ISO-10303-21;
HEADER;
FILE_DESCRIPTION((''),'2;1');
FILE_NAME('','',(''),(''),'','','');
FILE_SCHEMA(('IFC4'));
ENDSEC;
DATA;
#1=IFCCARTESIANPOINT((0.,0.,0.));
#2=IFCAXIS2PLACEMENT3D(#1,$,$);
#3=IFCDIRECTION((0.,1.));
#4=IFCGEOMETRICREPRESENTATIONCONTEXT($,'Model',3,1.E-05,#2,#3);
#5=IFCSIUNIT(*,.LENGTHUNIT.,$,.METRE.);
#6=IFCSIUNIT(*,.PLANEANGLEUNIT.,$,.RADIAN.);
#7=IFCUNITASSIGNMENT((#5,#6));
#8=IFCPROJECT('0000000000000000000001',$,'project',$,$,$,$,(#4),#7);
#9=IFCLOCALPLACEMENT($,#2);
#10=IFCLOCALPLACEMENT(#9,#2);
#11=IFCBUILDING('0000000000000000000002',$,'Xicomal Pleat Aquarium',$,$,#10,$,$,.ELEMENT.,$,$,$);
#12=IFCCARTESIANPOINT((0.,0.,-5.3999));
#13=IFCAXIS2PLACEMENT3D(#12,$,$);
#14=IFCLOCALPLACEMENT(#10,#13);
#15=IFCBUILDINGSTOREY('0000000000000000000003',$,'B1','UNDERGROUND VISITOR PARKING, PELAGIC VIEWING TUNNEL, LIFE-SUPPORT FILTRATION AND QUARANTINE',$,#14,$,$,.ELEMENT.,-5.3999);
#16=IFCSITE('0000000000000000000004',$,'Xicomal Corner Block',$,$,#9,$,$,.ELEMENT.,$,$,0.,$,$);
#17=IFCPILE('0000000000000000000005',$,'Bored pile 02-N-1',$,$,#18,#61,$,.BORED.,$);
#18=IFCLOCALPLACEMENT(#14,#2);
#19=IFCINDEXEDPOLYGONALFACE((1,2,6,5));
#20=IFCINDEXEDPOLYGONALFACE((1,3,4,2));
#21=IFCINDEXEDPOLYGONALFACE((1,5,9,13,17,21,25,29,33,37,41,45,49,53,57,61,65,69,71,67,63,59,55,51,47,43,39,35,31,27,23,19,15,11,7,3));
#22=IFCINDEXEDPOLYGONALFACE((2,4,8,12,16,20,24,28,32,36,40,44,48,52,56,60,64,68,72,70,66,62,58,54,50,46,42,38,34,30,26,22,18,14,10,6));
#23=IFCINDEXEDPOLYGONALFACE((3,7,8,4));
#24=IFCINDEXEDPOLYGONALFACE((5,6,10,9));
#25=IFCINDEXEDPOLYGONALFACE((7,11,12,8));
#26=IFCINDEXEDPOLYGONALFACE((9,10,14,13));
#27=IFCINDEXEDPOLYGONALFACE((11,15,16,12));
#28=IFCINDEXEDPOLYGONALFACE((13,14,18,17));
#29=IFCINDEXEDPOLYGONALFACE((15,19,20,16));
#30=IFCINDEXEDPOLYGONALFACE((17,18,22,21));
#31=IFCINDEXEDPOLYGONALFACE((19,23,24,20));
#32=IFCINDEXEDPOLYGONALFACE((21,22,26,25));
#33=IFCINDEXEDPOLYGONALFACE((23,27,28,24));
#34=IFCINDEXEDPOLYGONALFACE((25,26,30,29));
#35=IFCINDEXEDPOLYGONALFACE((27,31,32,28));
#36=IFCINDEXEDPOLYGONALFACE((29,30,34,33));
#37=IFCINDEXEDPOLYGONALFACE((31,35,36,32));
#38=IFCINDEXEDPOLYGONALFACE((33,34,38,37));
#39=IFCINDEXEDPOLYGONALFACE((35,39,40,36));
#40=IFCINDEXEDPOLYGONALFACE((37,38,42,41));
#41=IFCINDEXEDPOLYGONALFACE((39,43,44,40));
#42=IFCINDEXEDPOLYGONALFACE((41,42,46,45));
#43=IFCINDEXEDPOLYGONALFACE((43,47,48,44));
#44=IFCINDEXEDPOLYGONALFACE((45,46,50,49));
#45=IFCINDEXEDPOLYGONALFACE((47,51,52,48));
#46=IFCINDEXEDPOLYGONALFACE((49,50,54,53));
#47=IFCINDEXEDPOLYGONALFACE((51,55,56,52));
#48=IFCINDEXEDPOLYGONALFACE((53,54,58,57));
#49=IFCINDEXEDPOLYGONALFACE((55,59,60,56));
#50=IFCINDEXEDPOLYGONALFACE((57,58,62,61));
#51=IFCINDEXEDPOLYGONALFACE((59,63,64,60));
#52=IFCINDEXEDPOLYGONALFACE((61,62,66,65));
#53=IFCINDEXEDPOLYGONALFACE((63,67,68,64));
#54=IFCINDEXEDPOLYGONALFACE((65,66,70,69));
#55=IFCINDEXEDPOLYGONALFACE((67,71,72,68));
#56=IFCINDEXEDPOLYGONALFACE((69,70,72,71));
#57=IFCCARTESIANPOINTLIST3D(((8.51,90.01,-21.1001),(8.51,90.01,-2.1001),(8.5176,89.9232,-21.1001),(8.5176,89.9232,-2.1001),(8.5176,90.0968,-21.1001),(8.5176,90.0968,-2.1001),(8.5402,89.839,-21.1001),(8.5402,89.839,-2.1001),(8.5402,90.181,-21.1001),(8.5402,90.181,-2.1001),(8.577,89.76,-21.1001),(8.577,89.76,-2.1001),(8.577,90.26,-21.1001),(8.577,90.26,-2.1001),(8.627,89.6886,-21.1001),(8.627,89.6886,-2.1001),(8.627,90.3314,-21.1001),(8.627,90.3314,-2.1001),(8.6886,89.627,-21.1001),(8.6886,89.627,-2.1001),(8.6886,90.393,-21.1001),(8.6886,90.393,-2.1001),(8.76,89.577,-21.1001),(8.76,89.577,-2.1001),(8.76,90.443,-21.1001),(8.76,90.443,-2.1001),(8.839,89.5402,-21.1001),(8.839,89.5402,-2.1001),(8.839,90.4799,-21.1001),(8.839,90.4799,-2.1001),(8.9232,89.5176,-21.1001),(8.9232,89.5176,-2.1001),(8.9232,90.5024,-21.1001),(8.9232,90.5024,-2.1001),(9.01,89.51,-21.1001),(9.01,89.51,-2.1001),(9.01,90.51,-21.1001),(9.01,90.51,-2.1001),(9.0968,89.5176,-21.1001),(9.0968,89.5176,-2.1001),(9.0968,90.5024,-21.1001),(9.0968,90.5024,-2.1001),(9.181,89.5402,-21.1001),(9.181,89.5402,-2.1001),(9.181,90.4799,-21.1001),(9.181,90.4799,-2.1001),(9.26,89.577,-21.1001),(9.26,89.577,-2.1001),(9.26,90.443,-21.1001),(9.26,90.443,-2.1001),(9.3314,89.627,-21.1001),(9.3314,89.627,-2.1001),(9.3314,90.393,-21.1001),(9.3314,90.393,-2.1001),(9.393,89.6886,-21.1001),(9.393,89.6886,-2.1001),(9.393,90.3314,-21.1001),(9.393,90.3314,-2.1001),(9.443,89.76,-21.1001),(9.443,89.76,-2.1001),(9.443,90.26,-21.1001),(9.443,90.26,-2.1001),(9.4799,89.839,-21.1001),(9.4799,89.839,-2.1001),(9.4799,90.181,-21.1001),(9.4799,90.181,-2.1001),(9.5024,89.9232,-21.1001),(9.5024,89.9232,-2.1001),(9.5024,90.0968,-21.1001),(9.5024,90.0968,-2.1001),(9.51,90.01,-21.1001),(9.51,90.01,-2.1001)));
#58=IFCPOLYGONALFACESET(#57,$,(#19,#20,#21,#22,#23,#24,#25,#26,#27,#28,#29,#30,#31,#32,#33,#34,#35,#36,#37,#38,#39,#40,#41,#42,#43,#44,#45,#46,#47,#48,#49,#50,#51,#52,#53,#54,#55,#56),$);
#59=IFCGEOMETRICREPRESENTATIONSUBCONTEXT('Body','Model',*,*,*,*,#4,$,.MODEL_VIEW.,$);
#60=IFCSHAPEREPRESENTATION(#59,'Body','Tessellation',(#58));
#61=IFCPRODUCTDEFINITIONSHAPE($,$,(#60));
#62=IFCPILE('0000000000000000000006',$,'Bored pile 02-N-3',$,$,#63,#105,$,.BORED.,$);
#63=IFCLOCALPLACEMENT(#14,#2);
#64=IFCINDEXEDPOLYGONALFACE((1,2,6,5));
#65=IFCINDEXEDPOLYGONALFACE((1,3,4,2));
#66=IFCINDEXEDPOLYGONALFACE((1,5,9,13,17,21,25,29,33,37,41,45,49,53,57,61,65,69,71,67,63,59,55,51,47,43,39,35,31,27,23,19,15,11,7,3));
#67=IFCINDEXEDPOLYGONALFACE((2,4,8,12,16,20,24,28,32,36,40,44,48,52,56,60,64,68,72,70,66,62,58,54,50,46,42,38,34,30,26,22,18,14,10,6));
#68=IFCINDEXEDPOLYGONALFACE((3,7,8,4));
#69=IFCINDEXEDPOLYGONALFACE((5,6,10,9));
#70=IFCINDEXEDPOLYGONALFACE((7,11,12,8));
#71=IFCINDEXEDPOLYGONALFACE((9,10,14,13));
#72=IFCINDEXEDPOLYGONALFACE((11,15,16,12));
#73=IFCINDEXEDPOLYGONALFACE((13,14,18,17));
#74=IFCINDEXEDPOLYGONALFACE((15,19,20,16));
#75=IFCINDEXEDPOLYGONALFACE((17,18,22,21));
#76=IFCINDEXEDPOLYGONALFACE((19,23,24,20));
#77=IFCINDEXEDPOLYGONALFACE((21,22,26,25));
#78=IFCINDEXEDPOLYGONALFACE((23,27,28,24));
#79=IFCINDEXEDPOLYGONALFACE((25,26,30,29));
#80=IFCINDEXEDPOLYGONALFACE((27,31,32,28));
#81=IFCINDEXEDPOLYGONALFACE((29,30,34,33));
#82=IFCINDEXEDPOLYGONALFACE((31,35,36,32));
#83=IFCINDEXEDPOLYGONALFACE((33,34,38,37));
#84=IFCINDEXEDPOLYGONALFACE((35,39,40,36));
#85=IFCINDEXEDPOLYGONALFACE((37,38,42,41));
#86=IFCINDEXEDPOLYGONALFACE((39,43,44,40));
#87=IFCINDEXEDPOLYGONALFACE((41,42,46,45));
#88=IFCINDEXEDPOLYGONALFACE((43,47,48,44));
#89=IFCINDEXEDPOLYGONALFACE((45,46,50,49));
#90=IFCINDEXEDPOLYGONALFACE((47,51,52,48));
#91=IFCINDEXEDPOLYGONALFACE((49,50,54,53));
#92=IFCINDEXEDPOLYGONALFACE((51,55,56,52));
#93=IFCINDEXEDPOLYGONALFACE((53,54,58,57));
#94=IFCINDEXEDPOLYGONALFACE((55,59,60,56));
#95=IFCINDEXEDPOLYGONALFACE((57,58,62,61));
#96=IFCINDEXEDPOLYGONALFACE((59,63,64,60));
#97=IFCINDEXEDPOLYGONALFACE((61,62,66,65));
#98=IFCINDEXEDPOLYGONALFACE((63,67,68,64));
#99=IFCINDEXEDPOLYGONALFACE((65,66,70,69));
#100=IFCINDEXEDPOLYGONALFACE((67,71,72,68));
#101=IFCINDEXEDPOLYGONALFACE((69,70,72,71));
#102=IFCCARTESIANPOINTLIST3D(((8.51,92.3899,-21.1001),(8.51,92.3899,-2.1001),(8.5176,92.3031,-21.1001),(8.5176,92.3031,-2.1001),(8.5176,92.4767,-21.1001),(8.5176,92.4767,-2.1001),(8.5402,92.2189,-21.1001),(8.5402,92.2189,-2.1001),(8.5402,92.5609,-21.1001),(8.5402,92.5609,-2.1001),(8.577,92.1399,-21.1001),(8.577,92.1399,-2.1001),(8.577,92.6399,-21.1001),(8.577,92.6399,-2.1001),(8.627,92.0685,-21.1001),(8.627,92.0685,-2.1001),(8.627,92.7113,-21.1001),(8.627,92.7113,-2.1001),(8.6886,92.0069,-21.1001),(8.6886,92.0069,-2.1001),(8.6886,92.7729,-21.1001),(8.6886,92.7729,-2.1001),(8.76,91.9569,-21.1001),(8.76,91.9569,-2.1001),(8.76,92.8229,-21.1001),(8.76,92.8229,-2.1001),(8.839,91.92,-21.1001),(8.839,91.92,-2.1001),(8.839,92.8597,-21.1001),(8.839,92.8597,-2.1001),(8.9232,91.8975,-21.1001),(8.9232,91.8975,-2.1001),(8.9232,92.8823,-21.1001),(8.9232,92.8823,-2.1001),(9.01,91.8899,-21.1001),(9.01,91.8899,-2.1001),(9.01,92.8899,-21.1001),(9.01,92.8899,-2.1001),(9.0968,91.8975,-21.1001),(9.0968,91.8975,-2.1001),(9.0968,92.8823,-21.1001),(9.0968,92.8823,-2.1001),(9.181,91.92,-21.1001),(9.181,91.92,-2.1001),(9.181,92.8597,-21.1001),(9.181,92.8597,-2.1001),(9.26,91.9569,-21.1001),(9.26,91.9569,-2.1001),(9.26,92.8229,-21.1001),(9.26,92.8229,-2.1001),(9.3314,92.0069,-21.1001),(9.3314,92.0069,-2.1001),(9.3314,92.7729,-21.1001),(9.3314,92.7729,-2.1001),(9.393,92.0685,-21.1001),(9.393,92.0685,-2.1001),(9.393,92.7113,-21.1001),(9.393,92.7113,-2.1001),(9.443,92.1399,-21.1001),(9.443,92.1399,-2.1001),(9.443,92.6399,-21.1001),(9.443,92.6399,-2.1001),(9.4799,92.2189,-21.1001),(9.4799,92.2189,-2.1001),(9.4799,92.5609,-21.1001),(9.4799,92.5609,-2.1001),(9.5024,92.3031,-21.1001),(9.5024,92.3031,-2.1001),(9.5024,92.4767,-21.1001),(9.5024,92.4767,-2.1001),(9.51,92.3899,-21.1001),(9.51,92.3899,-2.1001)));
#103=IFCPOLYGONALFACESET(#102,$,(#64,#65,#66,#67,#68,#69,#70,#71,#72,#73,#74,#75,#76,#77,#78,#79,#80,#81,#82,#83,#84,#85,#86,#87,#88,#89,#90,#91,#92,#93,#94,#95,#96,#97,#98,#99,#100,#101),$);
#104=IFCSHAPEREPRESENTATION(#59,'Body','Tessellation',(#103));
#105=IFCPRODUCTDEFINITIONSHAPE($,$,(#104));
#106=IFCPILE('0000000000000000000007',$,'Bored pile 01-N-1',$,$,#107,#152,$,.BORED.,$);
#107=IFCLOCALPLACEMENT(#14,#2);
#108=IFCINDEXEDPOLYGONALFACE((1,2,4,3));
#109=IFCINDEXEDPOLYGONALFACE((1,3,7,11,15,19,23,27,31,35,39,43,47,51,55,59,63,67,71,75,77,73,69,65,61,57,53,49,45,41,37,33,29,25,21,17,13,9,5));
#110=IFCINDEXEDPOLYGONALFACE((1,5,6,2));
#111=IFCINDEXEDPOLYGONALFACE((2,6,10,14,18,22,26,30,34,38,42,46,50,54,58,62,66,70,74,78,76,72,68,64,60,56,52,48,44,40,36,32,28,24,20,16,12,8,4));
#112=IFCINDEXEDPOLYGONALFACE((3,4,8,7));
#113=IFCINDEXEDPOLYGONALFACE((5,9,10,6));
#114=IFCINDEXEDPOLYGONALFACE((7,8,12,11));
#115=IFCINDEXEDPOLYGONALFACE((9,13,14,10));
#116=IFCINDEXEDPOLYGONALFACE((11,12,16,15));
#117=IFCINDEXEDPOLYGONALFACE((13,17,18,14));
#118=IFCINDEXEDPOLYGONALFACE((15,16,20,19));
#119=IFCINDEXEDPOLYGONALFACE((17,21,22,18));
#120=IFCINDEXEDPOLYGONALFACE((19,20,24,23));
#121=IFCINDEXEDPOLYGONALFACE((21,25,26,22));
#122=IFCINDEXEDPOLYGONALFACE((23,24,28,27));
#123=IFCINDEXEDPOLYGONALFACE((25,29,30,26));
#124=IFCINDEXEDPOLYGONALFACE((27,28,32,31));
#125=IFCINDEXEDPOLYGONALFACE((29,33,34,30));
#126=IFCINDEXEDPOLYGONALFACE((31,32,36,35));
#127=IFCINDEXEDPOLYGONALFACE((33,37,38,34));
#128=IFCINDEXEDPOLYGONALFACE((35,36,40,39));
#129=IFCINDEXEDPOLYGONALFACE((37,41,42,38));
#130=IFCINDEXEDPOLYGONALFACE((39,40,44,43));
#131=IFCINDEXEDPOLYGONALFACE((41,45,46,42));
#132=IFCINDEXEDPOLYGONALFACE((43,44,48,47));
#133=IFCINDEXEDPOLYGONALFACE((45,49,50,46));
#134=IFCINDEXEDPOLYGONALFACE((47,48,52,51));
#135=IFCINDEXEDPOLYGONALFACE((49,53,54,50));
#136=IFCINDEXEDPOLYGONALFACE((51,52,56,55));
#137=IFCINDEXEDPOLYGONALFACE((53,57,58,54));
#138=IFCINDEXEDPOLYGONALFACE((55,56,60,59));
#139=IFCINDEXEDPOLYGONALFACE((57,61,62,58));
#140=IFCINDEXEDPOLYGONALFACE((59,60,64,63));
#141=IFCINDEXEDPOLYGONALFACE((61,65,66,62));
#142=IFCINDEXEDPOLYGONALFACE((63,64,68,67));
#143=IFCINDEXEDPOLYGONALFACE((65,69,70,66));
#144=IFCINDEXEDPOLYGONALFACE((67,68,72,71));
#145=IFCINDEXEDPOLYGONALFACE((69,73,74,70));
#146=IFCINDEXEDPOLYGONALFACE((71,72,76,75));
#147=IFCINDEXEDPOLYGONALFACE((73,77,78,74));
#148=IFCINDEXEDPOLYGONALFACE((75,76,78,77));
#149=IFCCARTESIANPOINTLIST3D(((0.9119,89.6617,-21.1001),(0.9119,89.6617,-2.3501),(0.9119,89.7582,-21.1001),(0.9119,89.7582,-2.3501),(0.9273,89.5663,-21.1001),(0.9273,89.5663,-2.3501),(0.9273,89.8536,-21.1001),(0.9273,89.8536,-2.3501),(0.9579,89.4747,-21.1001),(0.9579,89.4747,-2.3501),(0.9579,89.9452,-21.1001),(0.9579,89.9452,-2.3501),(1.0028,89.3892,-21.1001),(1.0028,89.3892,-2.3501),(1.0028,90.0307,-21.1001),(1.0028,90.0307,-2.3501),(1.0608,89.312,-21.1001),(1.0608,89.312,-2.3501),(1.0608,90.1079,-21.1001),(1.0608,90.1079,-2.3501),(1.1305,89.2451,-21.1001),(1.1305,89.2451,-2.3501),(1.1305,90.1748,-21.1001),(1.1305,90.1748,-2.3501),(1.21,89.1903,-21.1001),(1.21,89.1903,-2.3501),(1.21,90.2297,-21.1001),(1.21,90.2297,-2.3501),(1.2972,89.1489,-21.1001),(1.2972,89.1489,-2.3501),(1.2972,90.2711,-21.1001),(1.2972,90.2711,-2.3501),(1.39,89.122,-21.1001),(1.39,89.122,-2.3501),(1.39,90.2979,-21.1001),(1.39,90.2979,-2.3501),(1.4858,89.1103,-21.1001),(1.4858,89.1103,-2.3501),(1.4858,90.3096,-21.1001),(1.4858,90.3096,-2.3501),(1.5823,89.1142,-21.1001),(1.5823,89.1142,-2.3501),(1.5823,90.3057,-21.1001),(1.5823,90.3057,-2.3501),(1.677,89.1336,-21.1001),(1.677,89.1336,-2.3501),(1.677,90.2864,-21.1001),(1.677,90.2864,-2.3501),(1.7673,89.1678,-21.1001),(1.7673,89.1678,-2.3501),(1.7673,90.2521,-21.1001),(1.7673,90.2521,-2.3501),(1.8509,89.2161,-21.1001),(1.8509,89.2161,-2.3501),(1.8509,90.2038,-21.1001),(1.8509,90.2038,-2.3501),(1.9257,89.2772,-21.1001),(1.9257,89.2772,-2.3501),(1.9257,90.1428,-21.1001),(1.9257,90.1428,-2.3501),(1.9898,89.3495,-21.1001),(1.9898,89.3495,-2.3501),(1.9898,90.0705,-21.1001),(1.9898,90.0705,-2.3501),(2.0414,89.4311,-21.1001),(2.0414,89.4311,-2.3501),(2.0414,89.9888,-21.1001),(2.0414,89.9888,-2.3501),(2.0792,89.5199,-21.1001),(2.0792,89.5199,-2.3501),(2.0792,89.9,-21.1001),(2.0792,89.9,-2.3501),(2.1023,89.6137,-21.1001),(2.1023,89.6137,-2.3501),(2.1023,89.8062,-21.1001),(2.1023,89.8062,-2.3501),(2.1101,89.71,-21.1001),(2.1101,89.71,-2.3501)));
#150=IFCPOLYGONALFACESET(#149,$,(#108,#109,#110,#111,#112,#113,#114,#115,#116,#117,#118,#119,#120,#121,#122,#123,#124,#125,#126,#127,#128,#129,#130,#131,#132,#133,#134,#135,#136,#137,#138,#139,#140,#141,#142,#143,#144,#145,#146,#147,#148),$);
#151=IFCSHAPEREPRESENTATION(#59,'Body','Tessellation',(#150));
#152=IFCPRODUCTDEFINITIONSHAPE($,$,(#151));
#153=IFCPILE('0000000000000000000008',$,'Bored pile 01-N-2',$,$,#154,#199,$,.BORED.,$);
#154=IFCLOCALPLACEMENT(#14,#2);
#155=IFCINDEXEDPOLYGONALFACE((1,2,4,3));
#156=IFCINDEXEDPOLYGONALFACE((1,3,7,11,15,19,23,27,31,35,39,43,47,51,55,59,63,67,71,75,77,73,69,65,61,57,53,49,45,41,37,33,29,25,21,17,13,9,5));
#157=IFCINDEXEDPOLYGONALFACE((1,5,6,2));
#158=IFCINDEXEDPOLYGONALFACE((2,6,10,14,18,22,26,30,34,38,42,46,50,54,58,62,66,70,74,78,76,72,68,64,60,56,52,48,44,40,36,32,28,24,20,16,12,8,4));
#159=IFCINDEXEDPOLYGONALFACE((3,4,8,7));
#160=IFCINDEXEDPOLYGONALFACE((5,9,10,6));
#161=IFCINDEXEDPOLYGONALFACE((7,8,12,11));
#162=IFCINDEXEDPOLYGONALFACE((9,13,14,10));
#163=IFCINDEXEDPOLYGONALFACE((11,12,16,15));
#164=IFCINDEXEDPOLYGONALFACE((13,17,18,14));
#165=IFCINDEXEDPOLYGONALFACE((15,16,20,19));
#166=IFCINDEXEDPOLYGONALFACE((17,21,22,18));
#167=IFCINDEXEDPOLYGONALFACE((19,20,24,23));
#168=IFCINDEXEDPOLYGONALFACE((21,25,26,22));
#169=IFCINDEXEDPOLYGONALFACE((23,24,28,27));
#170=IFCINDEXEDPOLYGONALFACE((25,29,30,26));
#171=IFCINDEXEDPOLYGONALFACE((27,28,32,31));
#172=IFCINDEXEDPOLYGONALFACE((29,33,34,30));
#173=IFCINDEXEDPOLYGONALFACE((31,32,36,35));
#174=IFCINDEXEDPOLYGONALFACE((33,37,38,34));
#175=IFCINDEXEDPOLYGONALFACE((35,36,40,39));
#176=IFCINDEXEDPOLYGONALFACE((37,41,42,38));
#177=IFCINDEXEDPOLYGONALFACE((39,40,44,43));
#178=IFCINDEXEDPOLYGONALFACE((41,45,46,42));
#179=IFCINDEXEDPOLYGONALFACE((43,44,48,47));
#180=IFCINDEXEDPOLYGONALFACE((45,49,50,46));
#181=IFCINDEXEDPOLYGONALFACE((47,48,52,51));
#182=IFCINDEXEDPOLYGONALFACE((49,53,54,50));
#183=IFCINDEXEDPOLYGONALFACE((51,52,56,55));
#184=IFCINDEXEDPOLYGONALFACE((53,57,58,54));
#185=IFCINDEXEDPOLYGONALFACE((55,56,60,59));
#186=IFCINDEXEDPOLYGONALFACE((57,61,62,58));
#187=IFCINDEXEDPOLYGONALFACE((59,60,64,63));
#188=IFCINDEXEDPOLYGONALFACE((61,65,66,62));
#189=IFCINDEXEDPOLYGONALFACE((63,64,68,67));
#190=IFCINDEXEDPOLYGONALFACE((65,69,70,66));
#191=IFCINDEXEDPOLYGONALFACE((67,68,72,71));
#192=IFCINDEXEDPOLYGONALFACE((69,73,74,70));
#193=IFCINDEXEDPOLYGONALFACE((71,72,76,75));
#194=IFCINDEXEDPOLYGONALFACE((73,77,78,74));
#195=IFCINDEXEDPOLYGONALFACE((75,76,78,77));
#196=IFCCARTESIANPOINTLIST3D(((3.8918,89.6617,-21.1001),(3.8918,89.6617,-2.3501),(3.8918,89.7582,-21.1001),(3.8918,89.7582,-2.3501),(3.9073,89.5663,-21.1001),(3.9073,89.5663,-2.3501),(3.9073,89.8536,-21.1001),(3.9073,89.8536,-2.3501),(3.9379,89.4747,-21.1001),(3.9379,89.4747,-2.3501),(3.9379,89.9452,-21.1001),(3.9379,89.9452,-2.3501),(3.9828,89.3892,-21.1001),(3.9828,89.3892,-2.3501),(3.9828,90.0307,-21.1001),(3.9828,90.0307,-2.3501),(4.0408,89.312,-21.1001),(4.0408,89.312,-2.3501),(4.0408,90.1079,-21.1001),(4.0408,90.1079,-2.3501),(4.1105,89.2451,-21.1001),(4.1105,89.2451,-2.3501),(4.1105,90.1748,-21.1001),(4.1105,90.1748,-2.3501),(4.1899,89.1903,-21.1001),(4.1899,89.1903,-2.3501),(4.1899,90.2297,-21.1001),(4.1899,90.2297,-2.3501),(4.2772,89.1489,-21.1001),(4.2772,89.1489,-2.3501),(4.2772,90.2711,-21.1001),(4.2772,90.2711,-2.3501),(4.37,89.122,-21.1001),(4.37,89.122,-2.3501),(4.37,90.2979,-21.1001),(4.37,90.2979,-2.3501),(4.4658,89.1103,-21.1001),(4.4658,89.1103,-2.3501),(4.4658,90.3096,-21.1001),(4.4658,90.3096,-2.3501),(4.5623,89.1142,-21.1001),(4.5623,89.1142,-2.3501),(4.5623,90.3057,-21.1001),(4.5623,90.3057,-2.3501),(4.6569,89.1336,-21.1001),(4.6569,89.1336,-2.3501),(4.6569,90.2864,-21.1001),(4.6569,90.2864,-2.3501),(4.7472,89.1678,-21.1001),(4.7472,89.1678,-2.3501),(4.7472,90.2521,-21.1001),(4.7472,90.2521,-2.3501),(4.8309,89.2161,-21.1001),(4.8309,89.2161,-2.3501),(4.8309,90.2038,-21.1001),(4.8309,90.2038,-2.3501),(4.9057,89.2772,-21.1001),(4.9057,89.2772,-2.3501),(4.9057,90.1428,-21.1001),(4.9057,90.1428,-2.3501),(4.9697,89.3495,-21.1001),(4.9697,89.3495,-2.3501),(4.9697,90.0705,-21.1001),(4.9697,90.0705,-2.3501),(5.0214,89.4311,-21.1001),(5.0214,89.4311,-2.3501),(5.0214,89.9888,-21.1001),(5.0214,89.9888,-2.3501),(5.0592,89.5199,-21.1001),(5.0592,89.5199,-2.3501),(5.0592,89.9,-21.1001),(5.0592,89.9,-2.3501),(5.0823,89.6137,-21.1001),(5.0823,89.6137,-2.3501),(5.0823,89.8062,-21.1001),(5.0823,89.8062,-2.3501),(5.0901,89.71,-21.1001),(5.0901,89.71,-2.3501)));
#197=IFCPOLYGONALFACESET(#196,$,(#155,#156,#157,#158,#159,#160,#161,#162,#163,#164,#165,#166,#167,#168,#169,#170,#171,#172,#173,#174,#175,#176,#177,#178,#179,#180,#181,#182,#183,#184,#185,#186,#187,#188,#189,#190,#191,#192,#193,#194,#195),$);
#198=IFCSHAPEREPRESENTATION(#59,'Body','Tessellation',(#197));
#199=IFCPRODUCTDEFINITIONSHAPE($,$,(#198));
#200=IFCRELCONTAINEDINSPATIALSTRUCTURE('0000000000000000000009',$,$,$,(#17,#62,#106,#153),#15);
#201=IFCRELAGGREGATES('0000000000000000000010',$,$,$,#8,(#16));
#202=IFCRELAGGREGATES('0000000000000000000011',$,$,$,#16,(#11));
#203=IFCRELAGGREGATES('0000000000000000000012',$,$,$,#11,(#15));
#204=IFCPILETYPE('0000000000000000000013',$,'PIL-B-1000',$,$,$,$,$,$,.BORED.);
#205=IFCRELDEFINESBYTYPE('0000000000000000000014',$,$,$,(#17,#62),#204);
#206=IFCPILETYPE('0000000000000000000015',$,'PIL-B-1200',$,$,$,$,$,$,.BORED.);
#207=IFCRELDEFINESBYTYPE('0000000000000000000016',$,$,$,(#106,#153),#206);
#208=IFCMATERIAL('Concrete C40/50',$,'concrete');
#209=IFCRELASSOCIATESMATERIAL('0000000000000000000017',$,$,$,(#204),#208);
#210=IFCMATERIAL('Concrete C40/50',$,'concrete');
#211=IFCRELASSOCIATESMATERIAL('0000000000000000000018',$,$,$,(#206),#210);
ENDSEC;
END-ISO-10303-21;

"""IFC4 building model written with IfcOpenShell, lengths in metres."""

from ifc_helpers import new_model, si_unit, direction, frame, origin, origin_2d, place, context, subcontext, project, spatial, circle, extrude, material, material_profile, profile_set, type_object, element, save


model = new_model("IFC4")

# Units and contexts
model_context = context("Model", 3, precision=1e-05, world=origin(), true_north=direction((0.0, 1.0)))
body_context = subcontext(model_context, "Body", "Model", "MODEL_VIEW")
ifc_project = project(units=[si_unit("LENGTHUNIT", "METRE"), si_unit("PLANEANGLEUNIT", "RADIAN")], contexts=[model_context])

# Site, building, storey
site_placement = place(None, origin())
site = spatial("IfcSite", under=ifc_project, at=site_placement, Name="Xicomal Corner Block", CompositionType="ELEMENT", RefElevation=0.0)
building_placement = place(site_placement, origin())
building = spatial("IfcBuilding", under=site, at=building_placement, Name="Xicomal Pleat Aquarium", CompositionType="ELEMENT")
storey_placement = place(building_placement, frame((0.0, 0.0, -5.3999)))
storey = spatial("IfcBuildingStorey", under=building, at=storey_placement, Name="B1", Description="UNDERGROUND VISITOR PARKING, PELAGIC VIEWING TUNNEL, LIFE-SUPPORT FILTRATION AND QUARANTINE", CompositionType="ELEMENT", Elevation=-5.3999)

# Piles
ifc_material_1 = material(Name="Concrete C40/50", Category="concrete")
ifc_material_profile_1 = material_profile(ifc_material_1, circle(Radius=0.5, at=origin_2d()), Name="BORED PILE D1000")
ifc_profile_set_1 = profile_set([ifc_material_profile_1], Name="Concrete C40/50")
pile_type_1 = type_object("IfcPileType", Name="PIL-B-1000", PredefinedType="BORED", material=ifc_profile_set_1)
for number, where, z_axis, x_axis, name in (
    (1, (9.01, 90.01, -2.1001), (0.0, 0.0, -1.0), (1.0, 0.0, 0.0), "Bored pile 02-N-1"),
    (2, (9.01, 92.3899, -2.1001), (0.0, 0.0, -1.0), (1.0, 0.0, 0.0), "Bored pile 02-N-3"),
):
    element("IfcPile", number, at=place(storey_placement, frame(where, z_axis=z_axis, x_axis=x_axis)), inside=storey, type_object=pile_type_1, Name=name, PredefinedType="BORED", context=body_context, shape_type="SweptSolid", body=[
        extrude(circle(Radius=0.5, at=origin_2d()), origin(), (0.0, 0.0, 1.0), 19.0),
    ])
ifc_material_2 = material(Name="Concrete C40/50", Category="concrete")
ifc_material_profile_2 = material_profile(ifc_material_2, circle(Radius=0.6001, at=origin_2d()), Name="BORED PILE D1200")
ifc_profile_set_2 = profile_set([ifc_material_profile_2], Name="Concrete C40/50")
pile_type_2 = type_object("IfcPileType", Name="PIL-B-1200", PredefinedType="BORED", material=ifc_profile_set_2)
for number, where, z_axis, x_axis, name in (
    (3, (1.51, 89.71, -2.3501), (0.0, 0.0, -1.0), (1.0, 0.0, 0.0), "Bored pile 01-N-1"),
    (4, (4.49, 89.71, -2.3501), (0.0, 0.0, -1.0), (1.0, 0.0, 0.0), "Bored pile 01-N-2"),
):
    element("IfcPile", number, at=place(storey_placement, frame(where, z_axis=z_axis, x_axis=x_axis)), inside=storey, type_object=pile_type_2, Name=name, PredefinedType="BORED", context=body_context, shape_type="SweptSolid", body=[
        extrude(circle(Radius=0.6001, at=origin_2d()), origin(), (0.0, 0.0, 1.0), 18.75),
    ])

save(model, "model.ifc")
